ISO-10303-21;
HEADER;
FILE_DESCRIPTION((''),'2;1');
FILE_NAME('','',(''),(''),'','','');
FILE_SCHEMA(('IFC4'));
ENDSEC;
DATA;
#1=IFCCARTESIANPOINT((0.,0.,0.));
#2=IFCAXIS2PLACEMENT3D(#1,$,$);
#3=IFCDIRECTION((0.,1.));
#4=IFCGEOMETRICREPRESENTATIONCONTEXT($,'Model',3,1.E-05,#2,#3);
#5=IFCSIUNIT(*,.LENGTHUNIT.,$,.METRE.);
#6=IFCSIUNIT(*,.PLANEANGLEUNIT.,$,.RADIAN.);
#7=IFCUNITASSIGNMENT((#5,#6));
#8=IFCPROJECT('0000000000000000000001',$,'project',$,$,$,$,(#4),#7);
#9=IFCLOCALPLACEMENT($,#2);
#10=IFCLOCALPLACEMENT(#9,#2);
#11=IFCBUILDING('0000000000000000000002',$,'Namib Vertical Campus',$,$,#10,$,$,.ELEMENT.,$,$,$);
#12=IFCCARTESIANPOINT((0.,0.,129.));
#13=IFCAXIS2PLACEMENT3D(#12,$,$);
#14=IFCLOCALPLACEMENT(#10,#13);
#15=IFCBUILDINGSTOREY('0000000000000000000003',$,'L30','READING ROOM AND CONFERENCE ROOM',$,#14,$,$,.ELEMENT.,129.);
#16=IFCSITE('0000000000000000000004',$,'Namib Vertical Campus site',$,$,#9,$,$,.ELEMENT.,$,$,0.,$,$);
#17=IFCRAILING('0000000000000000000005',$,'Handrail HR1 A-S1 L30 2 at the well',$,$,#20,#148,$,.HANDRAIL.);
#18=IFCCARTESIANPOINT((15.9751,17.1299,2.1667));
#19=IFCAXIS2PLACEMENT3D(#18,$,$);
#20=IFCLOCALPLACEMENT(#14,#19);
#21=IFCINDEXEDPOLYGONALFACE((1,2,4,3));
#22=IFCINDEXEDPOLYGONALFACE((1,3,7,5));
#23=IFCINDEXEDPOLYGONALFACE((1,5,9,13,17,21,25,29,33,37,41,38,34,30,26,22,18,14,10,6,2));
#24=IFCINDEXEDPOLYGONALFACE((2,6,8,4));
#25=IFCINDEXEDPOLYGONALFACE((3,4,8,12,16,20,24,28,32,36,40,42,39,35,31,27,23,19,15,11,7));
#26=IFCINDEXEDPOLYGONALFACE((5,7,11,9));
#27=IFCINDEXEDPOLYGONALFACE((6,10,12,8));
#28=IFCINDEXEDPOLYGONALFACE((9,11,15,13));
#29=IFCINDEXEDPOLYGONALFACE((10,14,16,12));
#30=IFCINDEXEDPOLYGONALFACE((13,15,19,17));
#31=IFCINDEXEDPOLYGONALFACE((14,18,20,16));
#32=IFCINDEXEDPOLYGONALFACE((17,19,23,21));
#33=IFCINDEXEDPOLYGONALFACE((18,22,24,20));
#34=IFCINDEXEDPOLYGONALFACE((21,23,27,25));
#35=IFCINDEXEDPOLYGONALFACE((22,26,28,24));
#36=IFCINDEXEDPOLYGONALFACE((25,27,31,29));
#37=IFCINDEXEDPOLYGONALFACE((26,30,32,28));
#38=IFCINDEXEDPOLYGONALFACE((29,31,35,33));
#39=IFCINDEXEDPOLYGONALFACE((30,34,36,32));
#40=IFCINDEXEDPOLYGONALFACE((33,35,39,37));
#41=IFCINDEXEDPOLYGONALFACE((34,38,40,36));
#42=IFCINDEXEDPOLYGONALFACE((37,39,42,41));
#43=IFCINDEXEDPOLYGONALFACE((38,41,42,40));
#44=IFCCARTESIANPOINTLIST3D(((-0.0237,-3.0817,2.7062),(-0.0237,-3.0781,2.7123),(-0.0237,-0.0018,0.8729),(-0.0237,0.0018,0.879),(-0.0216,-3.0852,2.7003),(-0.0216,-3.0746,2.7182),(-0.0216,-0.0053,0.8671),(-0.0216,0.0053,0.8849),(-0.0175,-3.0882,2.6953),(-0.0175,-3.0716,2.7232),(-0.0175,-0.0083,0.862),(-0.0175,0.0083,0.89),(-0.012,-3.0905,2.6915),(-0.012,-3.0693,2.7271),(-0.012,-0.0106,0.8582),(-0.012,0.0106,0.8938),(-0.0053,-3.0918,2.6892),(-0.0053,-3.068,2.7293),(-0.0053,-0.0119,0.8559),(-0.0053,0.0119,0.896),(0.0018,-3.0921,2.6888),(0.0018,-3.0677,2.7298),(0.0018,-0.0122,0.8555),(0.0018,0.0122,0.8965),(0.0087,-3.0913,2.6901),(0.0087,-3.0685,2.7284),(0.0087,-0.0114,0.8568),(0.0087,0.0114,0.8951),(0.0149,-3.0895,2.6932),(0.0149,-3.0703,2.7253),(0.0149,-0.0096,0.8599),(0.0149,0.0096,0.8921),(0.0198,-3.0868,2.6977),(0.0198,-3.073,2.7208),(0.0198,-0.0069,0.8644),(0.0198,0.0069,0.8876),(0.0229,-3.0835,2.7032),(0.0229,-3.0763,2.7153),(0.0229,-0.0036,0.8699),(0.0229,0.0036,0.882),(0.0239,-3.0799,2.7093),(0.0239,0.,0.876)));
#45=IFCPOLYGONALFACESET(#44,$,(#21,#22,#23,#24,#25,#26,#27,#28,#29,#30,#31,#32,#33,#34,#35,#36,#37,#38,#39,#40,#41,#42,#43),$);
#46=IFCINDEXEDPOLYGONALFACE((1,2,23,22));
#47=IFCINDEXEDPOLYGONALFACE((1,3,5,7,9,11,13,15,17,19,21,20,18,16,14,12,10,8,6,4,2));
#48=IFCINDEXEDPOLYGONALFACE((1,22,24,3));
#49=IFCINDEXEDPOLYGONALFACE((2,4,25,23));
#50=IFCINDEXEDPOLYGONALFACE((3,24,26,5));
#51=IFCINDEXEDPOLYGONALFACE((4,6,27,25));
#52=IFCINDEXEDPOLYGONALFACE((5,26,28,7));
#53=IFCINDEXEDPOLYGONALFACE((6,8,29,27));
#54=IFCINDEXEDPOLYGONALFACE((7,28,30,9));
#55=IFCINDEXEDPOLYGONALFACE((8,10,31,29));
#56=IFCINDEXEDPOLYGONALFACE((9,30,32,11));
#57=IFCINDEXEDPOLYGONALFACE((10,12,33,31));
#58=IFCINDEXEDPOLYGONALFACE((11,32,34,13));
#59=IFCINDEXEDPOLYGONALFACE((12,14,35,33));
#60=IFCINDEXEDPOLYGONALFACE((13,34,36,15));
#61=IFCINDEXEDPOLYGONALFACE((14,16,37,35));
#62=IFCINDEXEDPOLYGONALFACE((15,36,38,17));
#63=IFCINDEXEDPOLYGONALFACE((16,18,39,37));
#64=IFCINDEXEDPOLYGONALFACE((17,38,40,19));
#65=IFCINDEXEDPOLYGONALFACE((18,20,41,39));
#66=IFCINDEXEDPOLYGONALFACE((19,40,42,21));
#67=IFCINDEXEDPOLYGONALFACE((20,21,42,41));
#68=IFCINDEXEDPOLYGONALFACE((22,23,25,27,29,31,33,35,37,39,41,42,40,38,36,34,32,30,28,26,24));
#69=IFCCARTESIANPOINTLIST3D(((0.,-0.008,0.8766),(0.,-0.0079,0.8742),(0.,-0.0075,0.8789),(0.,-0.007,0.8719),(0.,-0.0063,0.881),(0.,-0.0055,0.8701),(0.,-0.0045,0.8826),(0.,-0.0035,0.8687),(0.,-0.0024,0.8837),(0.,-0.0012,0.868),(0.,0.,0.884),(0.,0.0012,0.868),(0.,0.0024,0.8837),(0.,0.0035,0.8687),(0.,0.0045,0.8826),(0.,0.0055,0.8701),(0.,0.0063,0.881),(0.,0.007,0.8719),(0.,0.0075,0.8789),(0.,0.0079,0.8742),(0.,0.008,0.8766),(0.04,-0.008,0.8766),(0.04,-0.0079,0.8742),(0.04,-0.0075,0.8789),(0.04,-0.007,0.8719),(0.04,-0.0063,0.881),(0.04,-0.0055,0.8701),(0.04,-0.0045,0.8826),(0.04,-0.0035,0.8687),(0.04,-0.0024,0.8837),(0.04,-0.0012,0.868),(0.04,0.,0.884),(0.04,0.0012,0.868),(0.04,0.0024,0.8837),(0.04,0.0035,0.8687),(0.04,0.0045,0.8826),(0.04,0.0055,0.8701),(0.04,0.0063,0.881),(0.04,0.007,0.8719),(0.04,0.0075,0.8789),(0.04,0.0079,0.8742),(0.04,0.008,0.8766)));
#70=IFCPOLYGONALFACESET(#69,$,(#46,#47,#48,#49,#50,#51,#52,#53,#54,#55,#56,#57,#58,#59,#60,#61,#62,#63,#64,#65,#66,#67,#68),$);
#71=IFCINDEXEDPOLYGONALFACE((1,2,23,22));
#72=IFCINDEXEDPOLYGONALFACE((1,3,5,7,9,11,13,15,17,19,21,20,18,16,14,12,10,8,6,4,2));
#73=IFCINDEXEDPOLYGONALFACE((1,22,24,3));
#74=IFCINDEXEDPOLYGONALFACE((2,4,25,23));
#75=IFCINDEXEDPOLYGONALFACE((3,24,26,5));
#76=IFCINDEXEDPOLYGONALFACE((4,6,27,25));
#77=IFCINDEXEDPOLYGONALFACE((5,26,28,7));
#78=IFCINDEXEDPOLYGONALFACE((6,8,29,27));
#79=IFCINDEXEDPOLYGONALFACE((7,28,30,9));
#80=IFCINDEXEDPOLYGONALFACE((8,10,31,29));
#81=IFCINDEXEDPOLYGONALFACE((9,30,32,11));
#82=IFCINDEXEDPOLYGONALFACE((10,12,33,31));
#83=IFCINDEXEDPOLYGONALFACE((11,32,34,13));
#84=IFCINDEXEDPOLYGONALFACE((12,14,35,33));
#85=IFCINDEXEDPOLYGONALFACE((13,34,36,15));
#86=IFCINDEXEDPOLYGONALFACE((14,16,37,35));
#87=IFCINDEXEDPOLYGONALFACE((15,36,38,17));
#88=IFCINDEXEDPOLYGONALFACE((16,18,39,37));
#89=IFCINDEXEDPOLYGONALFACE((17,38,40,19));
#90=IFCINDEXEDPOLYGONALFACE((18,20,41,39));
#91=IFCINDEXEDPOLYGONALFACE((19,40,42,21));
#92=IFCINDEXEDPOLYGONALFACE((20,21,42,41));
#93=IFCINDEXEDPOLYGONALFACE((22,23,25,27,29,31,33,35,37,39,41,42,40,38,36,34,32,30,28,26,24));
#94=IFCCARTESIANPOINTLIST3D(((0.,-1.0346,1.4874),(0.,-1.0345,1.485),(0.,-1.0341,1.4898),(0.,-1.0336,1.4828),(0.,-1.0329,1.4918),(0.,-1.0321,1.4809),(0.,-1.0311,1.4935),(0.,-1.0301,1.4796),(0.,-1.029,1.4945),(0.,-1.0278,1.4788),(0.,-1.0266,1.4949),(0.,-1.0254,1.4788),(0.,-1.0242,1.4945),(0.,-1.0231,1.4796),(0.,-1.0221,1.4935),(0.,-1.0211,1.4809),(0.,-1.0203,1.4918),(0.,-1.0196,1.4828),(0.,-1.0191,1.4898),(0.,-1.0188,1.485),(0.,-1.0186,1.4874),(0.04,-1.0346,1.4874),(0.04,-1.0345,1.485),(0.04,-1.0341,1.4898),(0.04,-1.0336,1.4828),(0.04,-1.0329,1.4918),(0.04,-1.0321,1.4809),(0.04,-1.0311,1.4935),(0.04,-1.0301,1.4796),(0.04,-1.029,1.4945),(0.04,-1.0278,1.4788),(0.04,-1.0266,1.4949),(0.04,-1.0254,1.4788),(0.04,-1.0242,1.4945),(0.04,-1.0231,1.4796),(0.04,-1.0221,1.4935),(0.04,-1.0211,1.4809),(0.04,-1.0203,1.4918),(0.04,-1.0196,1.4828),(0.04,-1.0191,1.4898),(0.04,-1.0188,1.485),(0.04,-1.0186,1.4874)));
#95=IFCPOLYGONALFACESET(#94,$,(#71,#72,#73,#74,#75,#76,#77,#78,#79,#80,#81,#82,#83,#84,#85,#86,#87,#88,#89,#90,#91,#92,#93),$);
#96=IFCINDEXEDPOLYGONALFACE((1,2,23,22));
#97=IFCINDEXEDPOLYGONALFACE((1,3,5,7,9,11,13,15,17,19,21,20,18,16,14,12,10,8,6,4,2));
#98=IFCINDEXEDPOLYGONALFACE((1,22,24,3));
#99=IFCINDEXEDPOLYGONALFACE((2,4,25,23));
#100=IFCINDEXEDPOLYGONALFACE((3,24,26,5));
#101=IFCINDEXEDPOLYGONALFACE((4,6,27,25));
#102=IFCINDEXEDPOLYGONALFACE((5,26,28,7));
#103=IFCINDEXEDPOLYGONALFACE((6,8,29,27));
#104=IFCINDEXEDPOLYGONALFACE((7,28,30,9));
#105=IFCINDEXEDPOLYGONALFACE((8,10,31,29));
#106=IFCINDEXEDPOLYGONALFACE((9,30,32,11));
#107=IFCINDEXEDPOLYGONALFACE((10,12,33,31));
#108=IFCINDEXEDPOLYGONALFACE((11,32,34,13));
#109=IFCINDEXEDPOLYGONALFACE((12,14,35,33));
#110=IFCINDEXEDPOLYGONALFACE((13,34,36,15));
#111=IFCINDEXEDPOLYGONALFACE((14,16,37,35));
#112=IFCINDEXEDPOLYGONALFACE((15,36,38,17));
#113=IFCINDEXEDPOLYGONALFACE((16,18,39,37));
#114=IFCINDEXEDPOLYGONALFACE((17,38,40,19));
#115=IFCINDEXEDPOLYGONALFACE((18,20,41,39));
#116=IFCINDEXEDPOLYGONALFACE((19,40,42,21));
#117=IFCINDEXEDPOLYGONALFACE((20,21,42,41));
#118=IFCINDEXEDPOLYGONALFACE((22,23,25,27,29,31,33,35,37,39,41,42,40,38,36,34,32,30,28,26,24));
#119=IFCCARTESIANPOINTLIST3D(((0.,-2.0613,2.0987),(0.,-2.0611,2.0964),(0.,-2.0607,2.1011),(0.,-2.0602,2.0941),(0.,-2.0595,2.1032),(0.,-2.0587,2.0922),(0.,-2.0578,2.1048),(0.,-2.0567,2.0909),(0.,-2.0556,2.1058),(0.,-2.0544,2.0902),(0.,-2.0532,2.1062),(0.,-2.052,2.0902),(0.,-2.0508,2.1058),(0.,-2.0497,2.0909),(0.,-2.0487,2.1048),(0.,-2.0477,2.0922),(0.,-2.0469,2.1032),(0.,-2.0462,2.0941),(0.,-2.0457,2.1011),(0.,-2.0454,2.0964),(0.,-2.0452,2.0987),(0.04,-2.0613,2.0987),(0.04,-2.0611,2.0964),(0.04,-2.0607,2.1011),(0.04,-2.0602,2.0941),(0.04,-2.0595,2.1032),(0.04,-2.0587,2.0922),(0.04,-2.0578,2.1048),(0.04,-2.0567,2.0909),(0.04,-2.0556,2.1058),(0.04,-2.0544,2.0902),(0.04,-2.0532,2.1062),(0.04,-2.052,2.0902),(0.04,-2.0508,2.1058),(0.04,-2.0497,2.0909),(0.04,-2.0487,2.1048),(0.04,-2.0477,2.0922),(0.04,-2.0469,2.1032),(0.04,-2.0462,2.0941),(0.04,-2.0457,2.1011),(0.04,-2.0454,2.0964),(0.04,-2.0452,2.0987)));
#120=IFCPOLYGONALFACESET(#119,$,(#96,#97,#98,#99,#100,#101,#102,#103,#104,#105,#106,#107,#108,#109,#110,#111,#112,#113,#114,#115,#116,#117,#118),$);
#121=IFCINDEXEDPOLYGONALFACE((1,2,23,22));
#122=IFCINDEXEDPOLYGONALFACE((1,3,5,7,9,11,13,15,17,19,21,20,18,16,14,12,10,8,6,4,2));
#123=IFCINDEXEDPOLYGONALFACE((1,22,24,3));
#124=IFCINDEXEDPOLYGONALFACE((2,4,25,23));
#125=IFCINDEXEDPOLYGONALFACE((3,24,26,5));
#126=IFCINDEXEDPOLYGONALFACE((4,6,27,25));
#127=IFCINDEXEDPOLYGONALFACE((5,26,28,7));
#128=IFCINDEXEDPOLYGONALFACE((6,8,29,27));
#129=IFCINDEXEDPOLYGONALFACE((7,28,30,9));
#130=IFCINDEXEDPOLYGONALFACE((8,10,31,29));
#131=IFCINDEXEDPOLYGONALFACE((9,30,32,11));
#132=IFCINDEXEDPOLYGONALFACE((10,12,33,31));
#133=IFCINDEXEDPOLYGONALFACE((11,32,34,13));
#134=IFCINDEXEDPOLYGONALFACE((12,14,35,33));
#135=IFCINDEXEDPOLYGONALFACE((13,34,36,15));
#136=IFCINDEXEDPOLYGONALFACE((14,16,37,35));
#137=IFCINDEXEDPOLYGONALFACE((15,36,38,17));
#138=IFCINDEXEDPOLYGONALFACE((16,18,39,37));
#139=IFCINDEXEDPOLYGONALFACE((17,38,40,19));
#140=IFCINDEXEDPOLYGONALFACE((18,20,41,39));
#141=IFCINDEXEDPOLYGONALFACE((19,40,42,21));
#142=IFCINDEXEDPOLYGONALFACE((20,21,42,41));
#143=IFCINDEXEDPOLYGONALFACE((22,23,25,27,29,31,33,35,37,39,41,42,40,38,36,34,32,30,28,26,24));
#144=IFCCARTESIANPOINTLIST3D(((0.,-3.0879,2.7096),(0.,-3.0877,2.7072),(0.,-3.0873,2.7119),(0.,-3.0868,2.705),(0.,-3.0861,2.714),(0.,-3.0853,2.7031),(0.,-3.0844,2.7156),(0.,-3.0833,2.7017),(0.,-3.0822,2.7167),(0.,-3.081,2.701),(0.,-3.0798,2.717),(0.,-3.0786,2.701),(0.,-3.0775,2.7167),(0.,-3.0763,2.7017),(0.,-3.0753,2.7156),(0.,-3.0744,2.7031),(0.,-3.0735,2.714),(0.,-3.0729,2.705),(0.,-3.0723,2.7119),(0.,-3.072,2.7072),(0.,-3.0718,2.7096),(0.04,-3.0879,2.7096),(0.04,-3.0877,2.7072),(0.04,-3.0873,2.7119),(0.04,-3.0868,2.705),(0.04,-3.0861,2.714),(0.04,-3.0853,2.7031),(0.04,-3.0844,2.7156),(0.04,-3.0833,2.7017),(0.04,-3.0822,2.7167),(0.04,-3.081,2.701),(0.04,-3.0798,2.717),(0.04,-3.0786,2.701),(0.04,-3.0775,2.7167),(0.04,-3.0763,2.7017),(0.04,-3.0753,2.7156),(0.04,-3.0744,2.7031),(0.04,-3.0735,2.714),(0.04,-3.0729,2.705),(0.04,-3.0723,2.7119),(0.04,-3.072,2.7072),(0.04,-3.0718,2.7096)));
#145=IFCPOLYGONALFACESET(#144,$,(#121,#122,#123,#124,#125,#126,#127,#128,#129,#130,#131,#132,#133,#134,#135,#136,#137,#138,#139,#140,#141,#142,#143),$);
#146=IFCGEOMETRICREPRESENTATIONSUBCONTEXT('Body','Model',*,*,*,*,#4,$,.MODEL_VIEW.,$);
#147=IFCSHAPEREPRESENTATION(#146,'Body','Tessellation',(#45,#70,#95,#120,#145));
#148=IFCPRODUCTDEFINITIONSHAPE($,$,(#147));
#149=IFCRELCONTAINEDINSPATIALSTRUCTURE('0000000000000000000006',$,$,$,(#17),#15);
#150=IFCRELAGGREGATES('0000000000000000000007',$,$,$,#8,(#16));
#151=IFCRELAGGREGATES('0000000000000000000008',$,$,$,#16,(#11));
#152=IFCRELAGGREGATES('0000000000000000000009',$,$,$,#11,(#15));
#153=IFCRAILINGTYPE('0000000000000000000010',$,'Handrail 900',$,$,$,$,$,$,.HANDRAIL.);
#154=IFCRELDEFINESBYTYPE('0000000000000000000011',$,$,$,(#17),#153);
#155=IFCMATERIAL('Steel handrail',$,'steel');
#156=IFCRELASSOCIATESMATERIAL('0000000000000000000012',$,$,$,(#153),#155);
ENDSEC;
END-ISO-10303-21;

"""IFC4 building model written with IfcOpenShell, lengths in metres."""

from ifc_helpers import new_model, si_unit, direction, frame, origin, origin_2d, place, context, subcontext, project, spatial, circle, extrude, material, type_object, element, save


model = new_model("IFC4")

# Units and contexts
model_context = context("Model", 3, precision=1e-05, world=origin(), true_north=direction((0.0, 1.0)))
body_context = subcontext(model_context, "Body", "Model", "MODEL_VIEW")
ifc_project = project(units=[si_unit("LENGTHUNIT", "METRE"), si_unit("PLANEANGLEUNIT", "RADIAN")], contexts=[model_context])

# Site, building, storey
site_placement = place(None, origin())
site = spatial("IfcSite", under=ifc_project, at=site_placement, Name="Namib Vertical Campus site", CompositionType="ELEMENT", RefElevation=0.0)
building_placement = place(site_placement, origin())
building = spatial("IfcBuilding", under=site, at=building_placement, Name="Namib Vertical Campus", CompositionType="ELEMENT")
storey_placement = place(building_placement, frame((0.0, 0.0, 129.0)))
storey = spatial("IfcBuildingStorey", under=building, at=storey_placement, Name="L30", Description="READING ROOM AND CONFERENCE ROOM", CompositionType="ELEMENT", Elevation=129.0)

# Railing
ifc_material_1 = material(Name="Steel handrail", Category="steel")
railing_type = type_object("IfcRailingType", Name="Handrail 900", PredefinedType="HANDRAIL", material=ifc_material_1)
railing_1_placement = place(storey_placement, frame((15.9751, 17.1299, 2.1667)))
element("IfcRailing", 1, at=railing_1_placement, inside=storey, type_object=railing_type, Name="Handrail HR1 A-S1 L30 2 at the well", PredefinedType="HANDRAIL", context=body_context, shape_type="SweptSolid", body=[
    extrude(circle(Radius=0.0239, at=origin_2d()), frame((0.0, 0.0, 0.876), z_axis=(0.0, -0.859291, 0.511487), x_axis=(1.0, 0.0, 0.0)), (0.0, 0.0, 1.0), 3.5842),
    extrude(circle(Radius=0.0081, at=origin_2d()), frame((0.0, 0.0, 0.876), z_axis=(1.0, 0.0, 0.0), x_axis=(0.0, 0.0, 1.0)), (0.0, 0.0, 1.0), 0.04),
    extrude(circle(Radius=0.0081, at=origin_2d()), frame((0.0, -1.0266, 1.4868), z_axis=(1.0, 0.0, 0.0), x_axis=(0.0, 0.0, 1.0)), (0.0, 0.0, 1.0), 0.04),
    extrude(circle(Radius=0.0081, at=origin_2d()), frame((0.0, -2.0532, 2.0981), z_axis=(1.0, 0.0, 0.0), x_axis=(0.0, 0.0, 1.0)), (0.0, 0.0, 1.0), 0.04),
    extrude(circle(Radius=0.0081, at=origin_2d()), frame((0.0, -3.0798, 2.709), z_axis=(1.0, 0.0, 0.0), x_axis=(0.0, 0.0, 1.0)), (0.0, 0.0, 1.0), 0.04),
])

save(model, "model.ifc")
